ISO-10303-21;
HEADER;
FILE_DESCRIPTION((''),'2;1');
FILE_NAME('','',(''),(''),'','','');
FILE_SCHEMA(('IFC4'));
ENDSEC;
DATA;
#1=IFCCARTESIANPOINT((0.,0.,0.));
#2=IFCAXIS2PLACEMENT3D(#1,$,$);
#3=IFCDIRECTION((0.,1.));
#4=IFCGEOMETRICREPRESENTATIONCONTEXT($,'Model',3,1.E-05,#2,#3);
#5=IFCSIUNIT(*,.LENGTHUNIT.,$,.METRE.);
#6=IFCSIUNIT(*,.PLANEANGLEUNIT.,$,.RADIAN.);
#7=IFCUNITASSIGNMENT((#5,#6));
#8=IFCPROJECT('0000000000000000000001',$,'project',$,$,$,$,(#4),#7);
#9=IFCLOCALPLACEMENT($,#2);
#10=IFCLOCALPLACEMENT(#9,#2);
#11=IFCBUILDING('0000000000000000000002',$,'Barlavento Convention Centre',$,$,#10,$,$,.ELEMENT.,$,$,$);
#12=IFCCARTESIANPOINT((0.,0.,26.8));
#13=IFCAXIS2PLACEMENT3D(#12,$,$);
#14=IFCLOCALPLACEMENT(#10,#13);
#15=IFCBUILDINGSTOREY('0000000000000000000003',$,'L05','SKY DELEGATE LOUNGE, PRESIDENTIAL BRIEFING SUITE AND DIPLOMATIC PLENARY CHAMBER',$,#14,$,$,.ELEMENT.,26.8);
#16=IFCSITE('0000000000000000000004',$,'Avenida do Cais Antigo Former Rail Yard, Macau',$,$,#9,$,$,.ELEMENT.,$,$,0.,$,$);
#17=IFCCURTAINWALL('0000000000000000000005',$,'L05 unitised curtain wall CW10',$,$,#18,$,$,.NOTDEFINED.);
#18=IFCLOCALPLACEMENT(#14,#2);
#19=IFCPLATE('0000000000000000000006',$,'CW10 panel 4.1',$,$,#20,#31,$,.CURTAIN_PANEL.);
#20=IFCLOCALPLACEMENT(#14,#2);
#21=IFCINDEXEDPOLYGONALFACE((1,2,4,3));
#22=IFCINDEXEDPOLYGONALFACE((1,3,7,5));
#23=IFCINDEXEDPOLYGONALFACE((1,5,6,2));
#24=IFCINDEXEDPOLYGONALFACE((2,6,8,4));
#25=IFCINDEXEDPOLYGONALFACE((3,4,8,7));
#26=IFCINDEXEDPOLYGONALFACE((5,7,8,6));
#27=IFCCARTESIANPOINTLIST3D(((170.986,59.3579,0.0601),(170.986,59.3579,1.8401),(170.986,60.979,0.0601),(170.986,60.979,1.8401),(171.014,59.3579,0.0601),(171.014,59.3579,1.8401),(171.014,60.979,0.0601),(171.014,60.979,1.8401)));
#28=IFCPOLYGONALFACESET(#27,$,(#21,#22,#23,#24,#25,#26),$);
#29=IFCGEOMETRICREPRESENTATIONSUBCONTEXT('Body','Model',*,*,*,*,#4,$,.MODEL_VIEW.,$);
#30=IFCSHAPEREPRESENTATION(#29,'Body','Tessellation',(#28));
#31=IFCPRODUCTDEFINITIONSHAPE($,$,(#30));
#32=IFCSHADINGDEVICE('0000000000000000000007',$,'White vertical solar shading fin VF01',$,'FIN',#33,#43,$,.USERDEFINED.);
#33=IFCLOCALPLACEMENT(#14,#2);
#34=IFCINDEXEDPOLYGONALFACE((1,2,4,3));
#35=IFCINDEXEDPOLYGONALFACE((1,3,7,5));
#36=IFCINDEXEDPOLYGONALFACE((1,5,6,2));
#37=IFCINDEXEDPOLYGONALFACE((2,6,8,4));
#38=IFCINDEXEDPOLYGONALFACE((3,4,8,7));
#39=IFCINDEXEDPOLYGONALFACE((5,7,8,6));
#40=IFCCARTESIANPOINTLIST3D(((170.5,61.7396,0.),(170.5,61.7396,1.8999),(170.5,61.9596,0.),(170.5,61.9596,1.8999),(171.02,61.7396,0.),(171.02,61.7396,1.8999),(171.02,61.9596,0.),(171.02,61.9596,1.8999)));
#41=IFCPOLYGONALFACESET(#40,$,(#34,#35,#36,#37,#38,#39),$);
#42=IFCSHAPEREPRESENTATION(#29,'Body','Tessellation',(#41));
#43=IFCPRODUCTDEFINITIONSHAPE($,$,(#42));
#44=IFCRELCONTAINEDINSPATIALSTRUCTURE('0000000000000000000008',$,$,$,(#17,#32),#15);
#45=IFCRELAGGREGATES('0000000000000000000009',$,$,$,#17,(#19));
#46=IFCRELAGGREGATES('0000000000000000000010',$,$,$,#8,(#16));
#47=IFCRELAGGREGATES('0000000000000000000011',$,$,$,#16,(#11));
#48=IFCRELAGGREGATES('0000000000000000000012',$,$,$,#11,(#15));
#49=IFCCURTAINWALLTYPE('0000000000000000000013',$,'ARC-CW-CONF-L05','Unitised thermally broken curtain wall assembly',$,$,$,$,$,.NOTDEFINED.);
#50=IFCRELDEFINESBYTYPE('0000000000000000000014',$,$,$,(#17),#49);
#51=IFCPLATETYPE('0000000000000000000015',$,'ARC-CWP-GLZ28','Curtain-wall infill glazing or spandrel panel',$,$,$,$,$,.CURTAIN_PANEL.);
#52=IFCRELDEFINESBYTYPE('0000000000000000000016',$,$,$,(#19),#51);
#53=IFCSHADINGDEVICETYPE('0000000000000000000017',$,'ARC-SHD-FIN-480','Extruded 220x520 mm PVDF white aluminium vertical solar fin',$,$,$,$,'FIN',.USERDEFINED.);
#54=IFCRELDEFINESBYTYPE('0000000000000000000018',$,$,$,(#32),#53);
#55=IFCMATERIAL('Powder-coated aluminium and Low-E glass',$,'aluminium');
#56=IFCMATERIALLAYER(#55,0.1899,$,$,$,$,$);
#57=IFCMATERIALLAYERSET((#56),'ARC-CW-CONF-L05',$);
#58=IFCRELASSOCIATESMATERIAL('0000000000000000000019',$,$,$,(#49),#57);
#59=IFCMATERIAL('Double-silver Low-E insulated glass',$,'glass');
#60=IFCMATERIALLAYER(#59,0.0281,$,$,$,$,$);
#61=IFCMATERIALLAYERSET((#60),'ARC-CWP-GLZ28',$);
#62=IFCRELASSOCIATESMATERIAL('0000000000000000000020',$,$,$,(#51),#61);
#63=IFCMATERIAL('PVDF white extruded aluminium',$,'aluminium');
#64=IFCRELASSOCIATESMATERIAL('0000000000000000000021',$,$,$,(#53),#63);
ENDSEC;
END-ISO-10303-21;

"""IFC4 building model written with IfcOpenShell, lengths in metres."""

from ifc_helpers import new_model, si_unit, direction, frame, origin, origin_2d, place, context, subcontext, project, spatial, rectangle, extrude, material, layer, layer_set, type_object, element, aggregate, save


model = new_model("IFC4")

# Units and contexts
model_context = context("Model", 3, precision=1e-05, world=origin(), true_north=direction((0.0, 1.0)))
body_context = subcontext(model_context, "Body", "Model", "MODEL_VIEW")
ifc_project = project(units=[si_unit("LENGTHUNIT", "METRE"), si_unit("PLANEANGLEUNIT", "RADIAN")], contexts=[model_context])

# Site, building, storey
site_placement = place(None, origin())
site = spatial("IfcSite", under=ifc_project, at=site_placement, Name="Avenida do Cais Antigo Former Rail Yard, Macau", CompositionType="ELEMENT", RefElevation=0.0)
building_placement = place(site_placement, origin())
building = spatial("IfcBuilding", under=site, at=building_placement, Name="Barlavento Convention Centre", CompositionType="ELEMENT")
storey_placement = place(building_placement, frame((0.0, 0.0, 26.8)))
storey = spatial("IfcBuildingStorey", under=building, at=storey_placement, Name="L05", Description="SKY DELEGATE LOUNGE, PRESIDENTIAL BRIEFING SUITE AND DIPLOMATIC PLENARY CHAMBER", CompositionType="ELEMENT", Elevation=26.8)

# Curtain wall
ifc_material_1 = material(Name="Powder-coated aluminium and Low-E glass", Category="aluminium")
ifc_layer_1 = layer(ifc_material_1, 0.1899)
ifc_layer_set_1 = layer_set([ifc_layer_1], Name="ARC-CW-CONF-L05")
curtain_wall_type = type_object("IfcCurtainWallType", Name="ARC-CW-CONF-L05", Description="Unitised thermally broken curtain wall assembly", PredefinedType="NOTDEFINED", material=ifc_layer_set_1)
curtain_wall_placement = place(storey_placement, origin())
curtain_wall = element("IfcCurtainWall", 1, at=curtain_wall_placement, inside=storey, type_object=curtain_wall_type, Name="L05 unitised curtain wall CW10", PredefinedType="NOTDEFINED")

# Plate
ifc_material_2 = material(Name="Double-silver Low-E insulated glass", Category="glass")
ifc_layer_2 = layer(ifc_material_2, 0.0281)
ifc_layer_set_2 = layer_set([ifc_layer_2], Name="ARC-CWP-GLZ28")
plate_type = type_object("IfcPlateType", Name="ARC-CWP-GLZ28", Description="Curtain-wall infill glazing or spandrel panel", PredefinedType="CURTAIN_PANEL", material=ifc_layer_set_2)
plate_1_placement = place(storey_placement, frame((171.0, 60.1685, 0.0601), z_axis=(0.0, 0.0, 1.0), x_axis=(0.0, 1.0, 0.0)))
plate_1 = element("IfcPlate", 2, at=plate_1_placement, type_object=plate_type, Name="CW10 panel 4.1", PredefinedType="CURTAIN_PANEL", context=body_context, shape_type="SweptSolid", body=[
    extrude(rectangle(XDim=1.6211, YDim=0.0281, at=origin_2d()), origin(), (0.0, 0.0, 1.0), 1.78),
])
aggregate(curtain_wall, [plate_1])

# Shading device
ifc_material_3 = material(Name="PVDF white extruded aluminium", Category="aluminium")
shading_device_type = type_object("IfcShadingDeviceType", Name="ARC-SHD-FIN-480", Description="Extruded 220x520 mm PVDF white aluminium vertical solar fin", ElementType="FIN", PredefinedType="USERDEFINED", material=ifc_material_3)
shading_device_placement = place(storey_placement, frame((170.76, 61.8496, 0.0), z_axis=(0.0, 0.0, 1.0), x_axis=(0.0, 1.0, 0.0)))
element("IfcShadingDevice", 3, at=shading_device_placement, inside=storey, type_object=shading_device_type, Name="White vertical solar shading fin VF01", ObjectType="FIN", PredefinedType="USERDEFINED", context=body_context, shape_type="SweptSolid", body=[
    extrude(rectangle(XDim=0.22, YDim=0.52, at=origin_2d()), origin(), (0.0, 0.0, 1.0), 1.8999),
])

save(model, "model.ifc")
